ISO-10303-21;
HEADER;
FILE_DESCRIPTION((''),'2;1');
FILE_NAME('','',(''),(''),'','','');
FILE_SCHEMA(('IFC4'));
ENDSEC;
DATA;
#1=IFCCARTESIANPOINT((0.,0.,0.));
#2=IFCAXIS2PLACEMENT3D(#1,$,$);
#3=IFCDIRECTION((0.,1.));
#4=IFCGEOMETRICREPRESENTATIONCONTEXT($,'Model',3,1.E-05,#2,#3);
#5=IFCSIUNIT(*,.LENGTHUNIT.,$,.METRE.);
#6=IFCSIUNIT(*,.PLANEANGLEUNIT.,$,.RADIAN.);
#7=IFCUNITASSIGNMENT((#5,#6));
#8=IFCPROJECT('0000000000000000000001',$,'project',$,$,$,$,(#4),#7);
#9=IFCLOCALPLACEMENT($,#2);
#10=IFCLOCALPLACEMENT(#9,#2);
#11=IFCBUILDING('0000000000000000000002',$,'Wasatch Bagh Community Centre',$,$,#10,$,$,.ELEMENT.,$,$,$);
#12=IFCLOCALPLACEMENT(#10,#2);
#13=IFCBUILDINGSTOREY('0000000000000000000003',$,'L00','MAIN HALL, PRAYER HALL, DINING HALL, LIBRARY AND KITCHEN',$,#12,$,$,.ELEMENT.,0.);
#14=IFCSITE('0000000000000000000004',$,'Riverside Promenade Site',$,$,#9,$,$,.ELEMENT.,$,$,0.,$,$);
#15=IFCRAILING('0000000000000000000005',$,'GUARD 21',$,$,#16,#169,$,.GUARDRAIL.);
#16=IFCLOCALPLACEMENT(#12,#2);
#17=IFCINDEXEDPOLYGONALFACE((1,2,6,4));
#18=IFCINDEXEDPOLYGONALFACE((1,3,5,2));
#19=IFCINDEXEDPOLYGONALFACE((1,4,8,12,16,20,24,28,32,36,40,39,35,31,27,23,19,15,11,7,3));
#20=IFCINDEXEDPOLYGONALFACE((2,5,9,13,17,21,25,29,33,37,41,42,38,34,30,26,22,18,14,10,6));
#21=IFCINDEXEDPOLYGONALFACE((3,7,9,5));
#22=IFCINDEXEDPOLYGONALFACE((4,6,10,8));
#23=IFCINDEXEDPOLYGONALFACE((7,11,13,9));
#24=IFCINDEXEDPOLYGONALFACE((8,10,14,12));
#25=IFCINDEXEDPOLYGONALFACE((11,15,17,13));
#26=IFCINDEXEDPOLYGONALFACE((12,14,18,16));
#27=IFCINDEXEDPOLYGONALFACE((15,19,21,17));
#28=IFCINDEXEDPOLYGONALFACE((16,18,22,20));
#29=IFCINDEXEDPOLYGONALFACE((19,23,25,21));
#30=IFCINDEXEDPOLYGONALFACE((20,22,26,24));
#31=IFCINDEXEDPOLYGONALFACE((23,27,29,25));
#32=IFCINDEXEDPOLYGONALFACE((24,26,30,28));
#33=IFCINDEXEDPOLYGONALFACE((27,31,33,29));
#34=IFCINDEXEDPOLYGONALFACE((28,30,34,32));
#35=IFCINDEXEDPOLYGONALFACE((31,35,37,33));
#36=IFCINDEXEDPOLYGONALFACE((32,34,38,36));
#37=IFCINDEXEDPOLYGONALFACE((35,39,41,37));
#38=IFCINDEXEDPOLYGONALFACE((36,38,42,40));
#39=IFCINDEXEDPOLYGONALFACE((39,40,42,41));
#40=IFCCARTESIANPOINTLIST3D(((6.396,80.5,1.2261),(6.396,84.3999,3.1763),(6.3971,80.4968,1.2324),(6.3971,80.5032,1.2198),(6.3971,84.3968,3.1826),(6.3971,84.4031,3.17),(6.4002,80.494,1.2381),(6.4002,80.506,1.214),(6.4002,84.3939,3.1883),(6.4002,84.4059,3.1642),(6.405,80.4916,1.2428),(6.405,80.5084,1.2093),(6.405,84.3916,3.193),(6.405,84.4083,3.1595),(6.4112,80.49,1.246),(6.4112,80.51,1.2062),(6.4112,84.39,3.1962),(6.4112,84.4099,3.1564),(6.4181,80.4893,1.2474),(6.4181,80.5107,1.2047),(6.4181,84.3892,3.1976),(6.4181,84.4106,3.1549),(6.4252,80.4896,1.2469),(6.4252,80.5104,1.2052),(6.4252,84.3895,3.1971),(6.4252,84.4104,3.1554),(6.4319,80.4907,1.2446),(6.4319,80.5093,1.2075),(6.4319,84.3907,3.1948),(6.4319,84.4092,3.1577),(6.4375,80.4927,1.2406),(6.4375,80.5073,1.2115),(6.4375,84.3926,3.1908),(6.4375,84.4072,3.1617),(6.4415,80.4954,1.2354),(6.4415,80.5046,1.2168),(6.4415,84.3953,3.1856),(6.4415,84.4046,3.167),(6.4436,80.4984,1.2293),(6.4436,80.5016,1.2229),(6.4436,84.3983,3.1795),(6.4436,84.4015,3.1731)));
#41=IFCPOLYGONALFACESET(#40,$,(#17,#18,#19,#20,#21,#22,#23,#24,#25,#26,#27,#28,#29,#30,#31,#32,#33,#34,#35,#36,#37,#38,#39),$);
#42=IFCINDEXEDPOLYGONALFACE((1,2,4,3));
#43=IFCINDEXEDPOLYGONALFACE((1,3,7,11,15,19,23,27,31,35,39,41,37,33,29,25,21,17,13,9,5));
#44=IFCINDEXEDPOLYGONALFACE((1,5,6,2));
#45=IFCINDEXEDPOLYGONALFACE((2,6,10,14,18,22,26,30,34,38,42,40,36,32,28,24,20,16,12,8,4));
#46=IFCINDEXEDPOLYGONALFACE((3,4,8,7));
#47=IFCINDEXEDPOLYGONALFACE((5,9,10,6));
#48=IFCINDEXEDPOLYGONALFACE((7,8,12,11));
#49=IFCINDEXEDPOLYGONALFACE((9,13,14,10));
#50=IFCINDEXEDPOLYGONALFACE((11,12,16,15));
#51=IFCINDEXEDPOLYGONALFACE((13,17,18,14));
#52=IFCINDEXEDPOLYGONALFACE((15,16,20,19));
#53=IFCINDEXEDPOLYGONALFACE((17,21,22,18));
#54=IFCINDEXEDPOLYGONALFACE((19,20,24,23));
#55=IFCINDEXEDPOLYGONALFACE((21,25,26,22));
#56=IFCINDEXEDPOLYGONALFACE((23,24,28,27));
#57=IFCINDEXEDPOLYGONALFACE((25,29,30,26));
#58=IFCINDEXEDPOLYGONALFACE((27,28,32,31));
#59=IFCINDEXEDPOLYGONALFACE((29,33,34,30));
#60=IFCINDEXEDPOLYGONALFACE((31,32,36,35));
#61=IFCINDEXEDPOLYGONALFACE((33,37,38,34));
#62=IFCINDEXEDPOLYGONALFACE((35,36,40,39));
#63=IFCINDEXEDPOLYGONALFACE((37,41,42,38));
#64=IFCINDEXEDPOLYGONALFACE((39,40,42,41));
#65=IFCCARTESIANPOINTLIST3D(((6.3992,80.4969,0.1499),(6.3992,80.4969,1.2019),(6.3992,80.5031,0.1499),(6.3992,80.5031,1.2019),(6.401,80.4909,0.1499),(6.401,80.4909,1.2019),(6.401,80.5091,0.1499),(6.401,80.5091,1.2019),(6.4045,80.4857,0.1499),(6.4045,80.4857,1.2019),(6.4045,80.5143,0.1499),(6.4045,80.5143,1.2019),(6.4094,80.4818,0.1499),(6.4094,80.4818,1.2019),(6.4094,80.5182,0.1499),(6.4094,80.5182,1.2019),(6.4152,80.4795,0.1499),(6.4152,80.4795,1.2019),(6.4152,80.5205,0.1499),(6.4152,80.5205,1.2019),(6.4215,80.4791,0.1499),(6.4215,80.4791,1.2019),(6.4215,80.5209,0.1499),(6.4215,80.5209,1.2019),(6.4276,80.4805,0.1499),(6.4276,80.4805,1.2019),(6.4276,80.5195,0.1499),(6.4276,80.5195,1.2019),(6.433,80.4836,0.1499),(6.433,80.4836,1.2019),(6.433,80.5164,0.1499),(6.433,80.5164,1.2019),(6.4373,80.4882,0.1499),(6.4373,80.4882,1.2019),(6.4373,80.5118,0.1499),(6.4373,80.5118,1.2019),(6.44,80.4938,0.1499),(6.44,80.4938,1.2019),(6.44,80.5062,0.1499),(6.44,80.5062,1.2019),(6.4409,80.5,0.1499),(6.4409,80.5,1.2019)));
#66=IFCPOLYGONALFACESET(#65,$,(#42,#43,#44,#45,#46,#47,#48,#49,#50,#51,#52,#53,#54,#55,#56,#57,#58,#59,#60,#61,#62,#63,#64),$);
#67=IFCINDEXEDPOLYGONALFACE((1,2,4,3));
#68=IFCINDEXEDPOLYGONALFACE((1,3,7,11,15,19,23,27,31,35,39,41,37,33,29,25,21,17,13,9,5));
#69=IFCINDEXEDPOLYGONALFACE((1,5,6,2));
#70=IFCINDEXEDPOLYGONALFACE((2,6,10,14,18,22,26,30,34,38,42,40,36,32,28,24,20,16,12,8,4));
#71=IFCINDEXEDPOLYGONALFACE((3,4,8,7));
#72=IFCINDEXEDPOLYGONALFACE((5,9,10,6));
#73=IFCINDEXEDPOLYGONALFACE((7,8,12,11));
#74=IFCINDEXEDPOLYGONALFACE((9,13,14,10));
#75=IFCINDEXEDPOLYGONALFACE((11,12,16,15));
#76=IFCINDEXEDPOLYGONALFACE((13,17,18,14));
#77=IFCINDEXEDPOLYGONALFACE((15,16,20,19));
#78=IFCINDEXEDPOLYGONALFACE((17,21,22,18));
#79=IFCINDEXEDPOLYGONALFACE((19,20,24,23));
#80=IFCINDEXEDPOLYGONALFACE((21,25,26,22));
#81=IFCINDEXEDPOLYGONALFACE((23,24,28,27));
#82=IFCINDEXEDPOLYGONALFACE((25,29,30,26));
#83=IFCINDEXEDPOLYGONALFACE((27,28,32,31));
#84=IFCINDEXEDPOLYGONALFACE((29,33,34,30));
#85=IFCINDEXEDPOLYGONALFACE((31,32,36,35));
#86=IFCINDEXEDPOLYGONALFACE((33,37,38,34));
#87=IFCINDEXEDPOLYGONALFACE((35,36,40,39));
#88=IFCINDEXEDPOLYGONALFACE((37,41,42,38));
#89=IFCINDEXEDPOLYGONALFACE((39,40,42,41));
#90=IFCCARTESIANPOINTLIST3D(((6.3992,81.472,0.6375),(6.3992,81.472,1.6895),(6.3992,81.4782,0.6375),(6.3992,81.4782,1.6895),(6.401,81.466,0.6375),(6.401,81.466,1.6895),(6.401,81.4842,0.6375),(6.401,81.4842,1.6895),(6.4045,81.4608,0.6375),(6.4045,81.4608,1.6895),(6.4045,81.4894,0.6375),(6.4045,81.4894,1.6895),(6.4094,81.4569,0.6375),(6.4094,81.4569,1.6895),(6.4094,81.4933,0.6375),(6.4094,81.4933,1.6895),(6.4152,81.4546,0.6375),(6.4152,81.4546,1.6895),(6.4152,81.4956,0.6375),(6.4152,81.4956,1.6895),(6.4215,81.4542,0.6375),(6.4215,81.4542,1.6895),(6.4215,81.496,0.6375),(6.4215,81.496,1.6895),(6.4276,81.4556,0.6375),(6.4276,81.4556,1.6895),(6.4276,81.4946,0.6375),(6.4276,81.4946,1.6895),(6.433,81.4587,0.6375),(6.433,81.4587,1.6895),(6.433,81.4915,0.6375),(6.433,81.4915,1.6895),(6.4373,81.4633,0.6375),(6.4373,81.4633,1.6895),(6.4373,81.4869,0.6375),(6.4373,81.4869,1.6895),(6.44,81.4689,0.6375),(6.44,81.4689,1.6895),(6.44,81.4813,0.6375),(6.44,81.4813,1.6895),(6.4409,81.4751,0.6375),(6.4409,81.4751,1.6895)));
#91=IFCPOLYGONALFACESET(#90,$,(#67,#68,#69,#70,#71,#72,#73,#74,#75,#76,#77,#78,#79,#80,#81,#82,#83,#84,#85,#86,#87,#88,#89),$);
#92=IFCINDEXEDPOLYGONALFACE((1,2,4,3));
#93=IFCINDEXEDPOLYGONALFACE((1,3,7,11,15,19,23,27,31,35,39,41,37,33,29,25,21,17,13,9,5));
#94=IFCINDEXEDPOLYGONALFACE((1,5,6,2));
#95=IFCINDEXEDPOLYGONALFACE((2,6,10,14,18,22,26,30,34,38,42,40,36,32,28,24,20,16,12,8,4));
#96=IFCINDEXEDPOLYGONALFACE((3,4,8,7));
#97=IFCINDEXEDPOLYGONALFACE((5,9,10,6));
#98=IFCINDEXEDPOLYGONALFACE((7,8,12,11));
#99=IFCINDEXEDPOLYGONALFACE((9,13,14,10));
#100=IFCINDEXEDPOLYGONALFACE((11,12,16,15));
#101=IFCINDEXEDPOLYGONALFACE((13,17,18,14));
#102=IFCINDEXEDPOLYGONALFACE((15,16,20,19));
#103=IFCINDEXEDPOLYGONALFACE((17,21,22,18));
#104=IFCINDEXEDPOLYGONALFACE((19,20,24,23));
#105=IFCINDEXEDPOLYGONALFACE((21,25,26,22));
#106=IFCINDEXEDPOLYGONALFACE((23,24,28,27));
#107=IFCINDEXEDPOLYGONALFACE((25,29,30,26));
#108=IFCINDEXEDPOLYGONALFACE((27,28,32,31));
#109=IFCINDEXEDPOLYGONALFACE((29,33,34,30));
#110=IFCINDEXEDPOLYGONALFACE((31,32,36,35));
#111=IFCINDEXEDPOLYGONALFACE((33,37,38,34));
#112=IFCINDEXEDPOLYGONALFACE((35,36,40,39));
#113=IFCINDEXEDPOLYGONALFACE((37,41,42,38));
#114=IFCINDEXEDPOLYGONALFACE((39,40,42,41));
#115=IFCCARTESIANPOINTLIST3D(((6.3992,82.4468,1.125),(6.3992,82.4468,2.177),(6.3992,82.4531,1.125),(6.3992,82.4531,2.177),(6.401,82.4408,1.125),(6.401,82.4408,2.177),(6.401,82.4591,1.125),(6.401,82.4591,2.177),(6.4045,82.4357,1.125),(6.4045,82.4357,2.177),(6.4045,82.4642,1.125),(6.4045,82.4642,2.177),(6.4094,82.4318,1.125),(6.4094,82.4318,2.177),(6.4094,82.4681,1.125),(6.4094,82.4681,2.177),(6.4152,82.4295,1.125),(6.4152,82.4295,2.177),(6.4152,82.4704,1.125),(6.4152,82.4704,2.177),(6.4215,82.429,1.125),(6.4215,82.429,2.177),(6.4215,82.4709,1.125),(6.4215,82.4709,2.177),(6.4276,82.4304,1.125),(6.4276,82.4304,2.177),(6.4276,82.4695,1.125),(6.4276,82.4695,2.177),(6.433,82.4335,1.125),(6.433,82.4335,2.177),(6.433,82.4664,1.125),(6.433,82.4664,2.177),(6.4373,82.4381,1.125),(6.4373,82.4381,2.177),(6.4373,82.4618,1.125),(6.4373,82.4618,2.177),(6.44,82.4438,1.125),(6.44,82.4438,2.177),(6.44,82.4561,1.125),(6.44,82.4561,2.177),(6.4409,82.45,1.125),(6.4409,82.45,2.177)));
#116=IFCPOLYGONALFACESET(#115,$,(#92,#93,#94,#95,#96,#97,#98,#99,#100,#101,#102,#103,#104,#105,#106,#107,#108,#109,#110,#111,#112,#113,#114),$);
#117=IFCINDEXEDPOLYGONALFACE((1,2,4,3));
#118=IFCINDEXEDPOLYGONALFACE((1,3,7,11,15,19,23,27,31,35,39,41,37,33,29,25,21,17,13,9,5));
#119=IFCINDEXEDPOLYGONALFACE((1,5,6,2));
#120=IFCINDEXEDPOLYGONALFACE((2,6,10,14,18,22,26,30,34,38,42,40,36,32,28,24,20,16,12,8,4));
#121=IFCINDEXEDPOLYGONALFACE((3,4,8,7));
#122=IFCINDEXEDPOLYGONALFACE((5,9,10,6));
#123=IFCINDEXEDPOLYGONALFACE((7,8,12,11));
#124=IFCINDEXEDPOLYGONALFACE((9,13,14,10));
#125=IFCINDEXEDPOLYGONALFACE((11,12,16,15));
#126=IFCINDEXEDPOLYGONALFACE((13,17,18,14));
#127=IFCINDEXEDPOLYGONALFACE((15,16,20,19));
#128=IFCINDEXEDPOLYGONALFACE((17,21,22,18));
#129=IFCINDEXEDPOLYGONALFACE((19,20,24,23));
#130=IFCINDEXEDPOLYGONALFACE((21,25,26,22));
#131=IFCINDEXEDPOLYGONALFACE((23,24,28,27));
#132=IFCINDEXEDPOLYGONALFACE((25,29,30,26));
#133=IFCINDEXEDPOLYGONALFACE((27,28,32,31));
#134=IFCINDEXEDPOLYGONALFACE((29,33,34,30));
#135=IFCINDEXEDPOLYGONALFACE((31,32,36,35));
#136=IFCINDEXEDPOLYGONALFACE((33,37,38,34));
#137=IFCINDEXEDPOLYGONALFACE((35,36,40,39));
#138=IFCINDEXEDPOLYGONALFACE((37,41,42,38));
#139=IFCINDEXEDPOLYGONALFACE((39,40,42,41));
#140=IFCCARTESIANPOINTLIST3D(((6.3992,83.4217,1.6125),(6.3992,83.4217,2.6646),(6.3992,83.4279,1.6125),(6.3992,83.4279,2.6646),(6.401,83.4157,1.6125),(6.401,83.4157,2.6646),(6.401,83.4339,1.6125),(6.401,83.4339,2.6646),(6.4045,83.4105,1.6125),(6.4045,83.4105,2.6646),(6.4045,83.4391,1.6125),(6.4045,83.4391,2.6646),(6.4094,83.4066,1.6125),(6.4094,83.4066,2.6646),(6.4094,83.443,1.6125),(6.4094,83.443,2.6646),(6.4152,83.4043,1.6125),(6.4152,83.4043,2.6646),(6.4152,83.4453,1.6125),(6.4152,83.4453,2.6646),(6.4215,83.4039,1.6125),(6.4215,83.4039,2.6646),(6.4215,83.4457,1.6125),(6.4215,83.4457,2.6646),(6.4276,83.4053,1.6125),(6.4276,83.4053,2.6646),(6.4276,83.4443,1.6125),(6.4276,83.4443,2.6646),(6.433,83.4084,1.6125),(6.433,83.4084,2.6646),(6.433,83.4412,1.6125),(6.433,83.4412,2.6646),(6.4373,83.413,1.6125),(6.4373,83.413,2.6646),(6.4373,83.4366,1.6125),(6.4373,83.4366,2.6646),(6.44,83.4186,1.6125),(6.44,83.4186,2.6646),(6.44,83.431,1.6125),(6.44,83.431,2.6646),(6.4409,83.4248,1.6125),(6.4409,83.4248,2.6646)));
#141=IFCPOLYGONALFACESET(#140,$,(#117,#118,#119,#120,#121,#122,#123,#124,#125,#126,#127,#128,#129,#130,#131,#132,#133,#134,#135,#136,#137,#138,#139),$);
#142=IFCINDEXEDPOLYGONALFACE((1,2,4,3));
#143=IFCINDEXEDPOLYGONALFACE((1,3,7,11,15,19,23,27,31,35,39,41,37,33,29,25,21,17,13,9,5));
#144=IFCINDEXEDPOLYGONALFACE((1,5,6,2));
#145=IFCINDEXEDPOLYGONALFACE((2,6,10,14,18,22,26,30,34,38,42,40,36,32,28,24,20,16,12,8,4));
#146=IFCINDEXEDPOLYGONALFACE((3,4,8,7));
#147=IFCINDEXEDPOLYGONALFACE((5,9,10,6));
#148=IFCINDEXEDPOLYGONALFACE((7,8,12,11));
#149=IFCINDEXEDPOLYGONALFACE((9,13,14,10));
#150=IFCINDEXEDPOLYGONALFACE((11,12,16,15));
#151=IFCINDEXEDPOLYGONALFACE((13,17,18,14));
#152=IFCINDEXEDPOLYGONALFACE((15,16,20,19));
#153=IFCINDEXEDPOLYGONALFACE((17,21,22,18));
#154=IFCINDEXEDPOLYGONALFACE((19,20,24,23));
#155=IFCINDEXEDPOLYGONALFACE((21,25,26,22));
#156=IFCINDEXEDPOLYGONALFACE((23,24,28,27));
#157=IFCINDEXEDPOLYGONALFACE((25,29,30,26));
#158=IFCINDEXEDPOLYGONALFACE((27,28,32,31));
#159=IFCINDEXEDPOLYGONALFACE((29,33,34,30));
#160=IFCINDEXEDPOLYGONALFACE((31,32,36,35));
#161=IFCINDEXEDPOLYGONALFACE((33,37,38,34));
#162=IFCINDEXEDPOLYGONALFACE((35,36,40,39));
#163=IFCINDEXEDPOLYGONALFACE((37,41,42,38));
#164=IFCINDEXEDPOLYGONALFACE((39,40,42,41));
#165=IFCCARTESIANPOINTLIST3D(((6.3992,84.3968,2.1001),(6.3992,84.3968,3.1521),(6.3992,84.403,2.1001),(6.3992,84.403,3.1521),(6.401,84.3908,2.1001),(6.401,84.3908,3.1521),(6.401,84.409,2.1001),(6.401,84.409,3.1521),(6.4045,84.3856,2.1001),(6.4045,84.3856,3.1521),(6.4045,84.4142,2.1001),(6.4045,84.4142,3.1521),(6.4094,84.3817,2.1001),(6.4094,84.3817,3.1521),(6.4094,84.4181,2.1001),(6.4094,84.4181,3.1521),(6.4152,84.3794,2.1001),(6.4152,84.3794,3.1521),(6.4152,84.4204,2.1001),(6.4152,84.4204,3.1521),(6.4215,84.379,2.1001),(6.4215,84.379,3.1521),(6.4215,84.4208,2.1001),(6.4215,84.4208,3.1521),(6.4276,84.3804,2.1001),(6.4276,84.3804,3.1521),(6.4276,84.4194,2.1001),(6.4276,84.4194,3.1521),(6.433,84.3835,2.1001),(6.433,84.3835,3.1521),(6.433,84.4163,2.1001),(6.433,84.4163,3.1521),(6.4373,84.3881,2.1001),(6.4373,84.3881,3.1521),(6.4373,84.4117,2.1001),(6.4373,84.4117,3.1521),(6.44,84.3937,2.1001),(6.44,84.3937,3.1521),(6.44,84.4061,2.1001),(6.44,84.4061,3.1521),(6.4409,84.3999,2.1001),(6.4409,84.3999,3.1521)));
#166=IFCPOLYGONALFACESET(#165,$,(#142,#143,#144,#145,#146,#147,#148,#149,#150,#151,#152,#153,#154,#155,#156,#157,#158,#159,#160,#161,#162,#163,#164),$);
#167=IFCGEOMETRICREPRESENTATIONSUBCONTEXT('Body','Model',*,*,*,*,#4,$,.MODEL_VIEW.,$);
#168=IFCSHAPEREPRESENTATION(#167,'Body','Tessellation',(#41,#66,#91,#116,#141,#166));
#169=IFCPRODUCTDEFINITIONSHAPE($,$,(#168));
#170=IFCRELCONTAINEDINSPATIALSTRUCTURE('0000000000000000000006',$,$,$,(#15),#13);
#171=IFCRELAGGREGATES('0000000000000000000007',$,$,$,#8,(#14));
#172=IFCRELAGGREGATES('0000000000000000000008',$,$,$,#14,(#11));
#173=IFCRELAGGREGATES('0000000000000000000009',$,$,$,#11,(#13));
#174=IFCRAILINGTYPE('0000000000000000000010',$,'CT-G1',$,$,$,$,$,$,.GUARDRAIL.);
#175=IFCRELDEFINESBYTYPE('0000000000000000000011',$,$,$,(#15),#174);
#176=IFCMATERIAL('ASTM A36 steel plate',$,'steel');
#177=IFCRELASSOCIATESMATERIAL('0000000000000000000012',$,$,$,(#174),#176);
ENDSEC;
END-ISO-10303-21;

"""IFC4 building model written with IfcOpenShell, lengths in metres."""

from ifc_helpers import new_model, si_unit, direction, frame, origin, origin_2d, place, context, subcontext, project, spatial, circle, extrude, material, type_object, element, save


model = new_model("IFC4")

# Units and contexts
model_context = context("Model", 3, precision=1e-05, world=origin(), true_north=direction((0.0, 1.0)))
body_context = subcontext(model_context, "Body", "Model", "MODEL_VIEW")
ifc_project = project(units=[si_unit("LENGTHUNIT", "METRE"), si_unit("PLANEANGLEUNIT", "RADIAN")], contexts=[model_context])

# Site, building, storey
site_placement = place(None, origin())
site = spatial("IfcSite", under=ifc_project, at=site_placement, Name="Riverside Promenade Site", CompositionType="ELEMENT", RefElevation=0.0)
building_placement = place(site_placement, origin())
building = spatial("IfcBuilding", under=site, at=building_placement, Name="Wasatch Bagh Community Centre", CompositionType="ELEMENT")
storey_placement = place(building_placement, origin())
storey = spatial("IfcBuildingStorey", under=building, at=storey_placement, Name="L00", Description="MAIN HALL, PRAYER HALL, DINING HALL, LIBRARY AND KITCHEN", CompositionType="ELEMENT", Elevation=0.0)

# Railing
ifc_material_1 = material(Name="ASTM A36 steel plate", Category="steel")
railing_type_1 = type_object("IfcRailingType", Name="CT-G1", PredefinedType="GUARDRAIL", material=ifc_material_1)
for number, where, name in (
    (1, (6.4199, 80.5, 0.1499), "GUARD 21"),
):
    element("IfcRailing", number, at=place(storey_placement, frame(where)), inside=storey, type_object=railing_type_1, Name=name, PredefinedType="GUARDRAIL", context=body_context, shape_type="SweptSolid", body=[
        extrude(circle(Radius=0.0239, at=origin_2d()), frame((0.0, 0.0, 1.0762), z_axis=(0.0, 0.894405, 0.447258), x_axis=(-1.0, 0.0, 0.0)), (0.0, 0.0, 1.0), 4.3604),
        extrude(circle(Radius=0.021, at=origin_2d()), origin(), (0.0, 0.0, 1.0), 1.052),
        extrude(circle(Radius=0.021, at=origin_2d()), frame((0.0, 0.9751, 0.4875)), (0.0, 0.0, 1.0), 1.052),
        extrude(circle(Radius=0.021, at=origin_2d()), frame((0.0, 1.95, 0.9751)), (0.0, 0.0, 1.0), 1.052),
        extrude(circle(Radius=0.021, at=origin_2d()), frame((0.0, 2.9248, 1.4626)), (0.0, 0.0, 1.0), 1.052),
        extrude(circle(Radius=0.021, at=origin_2d()), frame((0.0, 3.8999, 1.9502)), (0.0, 0.0, 1.0), 1.052),
    ])

save(model, "model.ifc")
